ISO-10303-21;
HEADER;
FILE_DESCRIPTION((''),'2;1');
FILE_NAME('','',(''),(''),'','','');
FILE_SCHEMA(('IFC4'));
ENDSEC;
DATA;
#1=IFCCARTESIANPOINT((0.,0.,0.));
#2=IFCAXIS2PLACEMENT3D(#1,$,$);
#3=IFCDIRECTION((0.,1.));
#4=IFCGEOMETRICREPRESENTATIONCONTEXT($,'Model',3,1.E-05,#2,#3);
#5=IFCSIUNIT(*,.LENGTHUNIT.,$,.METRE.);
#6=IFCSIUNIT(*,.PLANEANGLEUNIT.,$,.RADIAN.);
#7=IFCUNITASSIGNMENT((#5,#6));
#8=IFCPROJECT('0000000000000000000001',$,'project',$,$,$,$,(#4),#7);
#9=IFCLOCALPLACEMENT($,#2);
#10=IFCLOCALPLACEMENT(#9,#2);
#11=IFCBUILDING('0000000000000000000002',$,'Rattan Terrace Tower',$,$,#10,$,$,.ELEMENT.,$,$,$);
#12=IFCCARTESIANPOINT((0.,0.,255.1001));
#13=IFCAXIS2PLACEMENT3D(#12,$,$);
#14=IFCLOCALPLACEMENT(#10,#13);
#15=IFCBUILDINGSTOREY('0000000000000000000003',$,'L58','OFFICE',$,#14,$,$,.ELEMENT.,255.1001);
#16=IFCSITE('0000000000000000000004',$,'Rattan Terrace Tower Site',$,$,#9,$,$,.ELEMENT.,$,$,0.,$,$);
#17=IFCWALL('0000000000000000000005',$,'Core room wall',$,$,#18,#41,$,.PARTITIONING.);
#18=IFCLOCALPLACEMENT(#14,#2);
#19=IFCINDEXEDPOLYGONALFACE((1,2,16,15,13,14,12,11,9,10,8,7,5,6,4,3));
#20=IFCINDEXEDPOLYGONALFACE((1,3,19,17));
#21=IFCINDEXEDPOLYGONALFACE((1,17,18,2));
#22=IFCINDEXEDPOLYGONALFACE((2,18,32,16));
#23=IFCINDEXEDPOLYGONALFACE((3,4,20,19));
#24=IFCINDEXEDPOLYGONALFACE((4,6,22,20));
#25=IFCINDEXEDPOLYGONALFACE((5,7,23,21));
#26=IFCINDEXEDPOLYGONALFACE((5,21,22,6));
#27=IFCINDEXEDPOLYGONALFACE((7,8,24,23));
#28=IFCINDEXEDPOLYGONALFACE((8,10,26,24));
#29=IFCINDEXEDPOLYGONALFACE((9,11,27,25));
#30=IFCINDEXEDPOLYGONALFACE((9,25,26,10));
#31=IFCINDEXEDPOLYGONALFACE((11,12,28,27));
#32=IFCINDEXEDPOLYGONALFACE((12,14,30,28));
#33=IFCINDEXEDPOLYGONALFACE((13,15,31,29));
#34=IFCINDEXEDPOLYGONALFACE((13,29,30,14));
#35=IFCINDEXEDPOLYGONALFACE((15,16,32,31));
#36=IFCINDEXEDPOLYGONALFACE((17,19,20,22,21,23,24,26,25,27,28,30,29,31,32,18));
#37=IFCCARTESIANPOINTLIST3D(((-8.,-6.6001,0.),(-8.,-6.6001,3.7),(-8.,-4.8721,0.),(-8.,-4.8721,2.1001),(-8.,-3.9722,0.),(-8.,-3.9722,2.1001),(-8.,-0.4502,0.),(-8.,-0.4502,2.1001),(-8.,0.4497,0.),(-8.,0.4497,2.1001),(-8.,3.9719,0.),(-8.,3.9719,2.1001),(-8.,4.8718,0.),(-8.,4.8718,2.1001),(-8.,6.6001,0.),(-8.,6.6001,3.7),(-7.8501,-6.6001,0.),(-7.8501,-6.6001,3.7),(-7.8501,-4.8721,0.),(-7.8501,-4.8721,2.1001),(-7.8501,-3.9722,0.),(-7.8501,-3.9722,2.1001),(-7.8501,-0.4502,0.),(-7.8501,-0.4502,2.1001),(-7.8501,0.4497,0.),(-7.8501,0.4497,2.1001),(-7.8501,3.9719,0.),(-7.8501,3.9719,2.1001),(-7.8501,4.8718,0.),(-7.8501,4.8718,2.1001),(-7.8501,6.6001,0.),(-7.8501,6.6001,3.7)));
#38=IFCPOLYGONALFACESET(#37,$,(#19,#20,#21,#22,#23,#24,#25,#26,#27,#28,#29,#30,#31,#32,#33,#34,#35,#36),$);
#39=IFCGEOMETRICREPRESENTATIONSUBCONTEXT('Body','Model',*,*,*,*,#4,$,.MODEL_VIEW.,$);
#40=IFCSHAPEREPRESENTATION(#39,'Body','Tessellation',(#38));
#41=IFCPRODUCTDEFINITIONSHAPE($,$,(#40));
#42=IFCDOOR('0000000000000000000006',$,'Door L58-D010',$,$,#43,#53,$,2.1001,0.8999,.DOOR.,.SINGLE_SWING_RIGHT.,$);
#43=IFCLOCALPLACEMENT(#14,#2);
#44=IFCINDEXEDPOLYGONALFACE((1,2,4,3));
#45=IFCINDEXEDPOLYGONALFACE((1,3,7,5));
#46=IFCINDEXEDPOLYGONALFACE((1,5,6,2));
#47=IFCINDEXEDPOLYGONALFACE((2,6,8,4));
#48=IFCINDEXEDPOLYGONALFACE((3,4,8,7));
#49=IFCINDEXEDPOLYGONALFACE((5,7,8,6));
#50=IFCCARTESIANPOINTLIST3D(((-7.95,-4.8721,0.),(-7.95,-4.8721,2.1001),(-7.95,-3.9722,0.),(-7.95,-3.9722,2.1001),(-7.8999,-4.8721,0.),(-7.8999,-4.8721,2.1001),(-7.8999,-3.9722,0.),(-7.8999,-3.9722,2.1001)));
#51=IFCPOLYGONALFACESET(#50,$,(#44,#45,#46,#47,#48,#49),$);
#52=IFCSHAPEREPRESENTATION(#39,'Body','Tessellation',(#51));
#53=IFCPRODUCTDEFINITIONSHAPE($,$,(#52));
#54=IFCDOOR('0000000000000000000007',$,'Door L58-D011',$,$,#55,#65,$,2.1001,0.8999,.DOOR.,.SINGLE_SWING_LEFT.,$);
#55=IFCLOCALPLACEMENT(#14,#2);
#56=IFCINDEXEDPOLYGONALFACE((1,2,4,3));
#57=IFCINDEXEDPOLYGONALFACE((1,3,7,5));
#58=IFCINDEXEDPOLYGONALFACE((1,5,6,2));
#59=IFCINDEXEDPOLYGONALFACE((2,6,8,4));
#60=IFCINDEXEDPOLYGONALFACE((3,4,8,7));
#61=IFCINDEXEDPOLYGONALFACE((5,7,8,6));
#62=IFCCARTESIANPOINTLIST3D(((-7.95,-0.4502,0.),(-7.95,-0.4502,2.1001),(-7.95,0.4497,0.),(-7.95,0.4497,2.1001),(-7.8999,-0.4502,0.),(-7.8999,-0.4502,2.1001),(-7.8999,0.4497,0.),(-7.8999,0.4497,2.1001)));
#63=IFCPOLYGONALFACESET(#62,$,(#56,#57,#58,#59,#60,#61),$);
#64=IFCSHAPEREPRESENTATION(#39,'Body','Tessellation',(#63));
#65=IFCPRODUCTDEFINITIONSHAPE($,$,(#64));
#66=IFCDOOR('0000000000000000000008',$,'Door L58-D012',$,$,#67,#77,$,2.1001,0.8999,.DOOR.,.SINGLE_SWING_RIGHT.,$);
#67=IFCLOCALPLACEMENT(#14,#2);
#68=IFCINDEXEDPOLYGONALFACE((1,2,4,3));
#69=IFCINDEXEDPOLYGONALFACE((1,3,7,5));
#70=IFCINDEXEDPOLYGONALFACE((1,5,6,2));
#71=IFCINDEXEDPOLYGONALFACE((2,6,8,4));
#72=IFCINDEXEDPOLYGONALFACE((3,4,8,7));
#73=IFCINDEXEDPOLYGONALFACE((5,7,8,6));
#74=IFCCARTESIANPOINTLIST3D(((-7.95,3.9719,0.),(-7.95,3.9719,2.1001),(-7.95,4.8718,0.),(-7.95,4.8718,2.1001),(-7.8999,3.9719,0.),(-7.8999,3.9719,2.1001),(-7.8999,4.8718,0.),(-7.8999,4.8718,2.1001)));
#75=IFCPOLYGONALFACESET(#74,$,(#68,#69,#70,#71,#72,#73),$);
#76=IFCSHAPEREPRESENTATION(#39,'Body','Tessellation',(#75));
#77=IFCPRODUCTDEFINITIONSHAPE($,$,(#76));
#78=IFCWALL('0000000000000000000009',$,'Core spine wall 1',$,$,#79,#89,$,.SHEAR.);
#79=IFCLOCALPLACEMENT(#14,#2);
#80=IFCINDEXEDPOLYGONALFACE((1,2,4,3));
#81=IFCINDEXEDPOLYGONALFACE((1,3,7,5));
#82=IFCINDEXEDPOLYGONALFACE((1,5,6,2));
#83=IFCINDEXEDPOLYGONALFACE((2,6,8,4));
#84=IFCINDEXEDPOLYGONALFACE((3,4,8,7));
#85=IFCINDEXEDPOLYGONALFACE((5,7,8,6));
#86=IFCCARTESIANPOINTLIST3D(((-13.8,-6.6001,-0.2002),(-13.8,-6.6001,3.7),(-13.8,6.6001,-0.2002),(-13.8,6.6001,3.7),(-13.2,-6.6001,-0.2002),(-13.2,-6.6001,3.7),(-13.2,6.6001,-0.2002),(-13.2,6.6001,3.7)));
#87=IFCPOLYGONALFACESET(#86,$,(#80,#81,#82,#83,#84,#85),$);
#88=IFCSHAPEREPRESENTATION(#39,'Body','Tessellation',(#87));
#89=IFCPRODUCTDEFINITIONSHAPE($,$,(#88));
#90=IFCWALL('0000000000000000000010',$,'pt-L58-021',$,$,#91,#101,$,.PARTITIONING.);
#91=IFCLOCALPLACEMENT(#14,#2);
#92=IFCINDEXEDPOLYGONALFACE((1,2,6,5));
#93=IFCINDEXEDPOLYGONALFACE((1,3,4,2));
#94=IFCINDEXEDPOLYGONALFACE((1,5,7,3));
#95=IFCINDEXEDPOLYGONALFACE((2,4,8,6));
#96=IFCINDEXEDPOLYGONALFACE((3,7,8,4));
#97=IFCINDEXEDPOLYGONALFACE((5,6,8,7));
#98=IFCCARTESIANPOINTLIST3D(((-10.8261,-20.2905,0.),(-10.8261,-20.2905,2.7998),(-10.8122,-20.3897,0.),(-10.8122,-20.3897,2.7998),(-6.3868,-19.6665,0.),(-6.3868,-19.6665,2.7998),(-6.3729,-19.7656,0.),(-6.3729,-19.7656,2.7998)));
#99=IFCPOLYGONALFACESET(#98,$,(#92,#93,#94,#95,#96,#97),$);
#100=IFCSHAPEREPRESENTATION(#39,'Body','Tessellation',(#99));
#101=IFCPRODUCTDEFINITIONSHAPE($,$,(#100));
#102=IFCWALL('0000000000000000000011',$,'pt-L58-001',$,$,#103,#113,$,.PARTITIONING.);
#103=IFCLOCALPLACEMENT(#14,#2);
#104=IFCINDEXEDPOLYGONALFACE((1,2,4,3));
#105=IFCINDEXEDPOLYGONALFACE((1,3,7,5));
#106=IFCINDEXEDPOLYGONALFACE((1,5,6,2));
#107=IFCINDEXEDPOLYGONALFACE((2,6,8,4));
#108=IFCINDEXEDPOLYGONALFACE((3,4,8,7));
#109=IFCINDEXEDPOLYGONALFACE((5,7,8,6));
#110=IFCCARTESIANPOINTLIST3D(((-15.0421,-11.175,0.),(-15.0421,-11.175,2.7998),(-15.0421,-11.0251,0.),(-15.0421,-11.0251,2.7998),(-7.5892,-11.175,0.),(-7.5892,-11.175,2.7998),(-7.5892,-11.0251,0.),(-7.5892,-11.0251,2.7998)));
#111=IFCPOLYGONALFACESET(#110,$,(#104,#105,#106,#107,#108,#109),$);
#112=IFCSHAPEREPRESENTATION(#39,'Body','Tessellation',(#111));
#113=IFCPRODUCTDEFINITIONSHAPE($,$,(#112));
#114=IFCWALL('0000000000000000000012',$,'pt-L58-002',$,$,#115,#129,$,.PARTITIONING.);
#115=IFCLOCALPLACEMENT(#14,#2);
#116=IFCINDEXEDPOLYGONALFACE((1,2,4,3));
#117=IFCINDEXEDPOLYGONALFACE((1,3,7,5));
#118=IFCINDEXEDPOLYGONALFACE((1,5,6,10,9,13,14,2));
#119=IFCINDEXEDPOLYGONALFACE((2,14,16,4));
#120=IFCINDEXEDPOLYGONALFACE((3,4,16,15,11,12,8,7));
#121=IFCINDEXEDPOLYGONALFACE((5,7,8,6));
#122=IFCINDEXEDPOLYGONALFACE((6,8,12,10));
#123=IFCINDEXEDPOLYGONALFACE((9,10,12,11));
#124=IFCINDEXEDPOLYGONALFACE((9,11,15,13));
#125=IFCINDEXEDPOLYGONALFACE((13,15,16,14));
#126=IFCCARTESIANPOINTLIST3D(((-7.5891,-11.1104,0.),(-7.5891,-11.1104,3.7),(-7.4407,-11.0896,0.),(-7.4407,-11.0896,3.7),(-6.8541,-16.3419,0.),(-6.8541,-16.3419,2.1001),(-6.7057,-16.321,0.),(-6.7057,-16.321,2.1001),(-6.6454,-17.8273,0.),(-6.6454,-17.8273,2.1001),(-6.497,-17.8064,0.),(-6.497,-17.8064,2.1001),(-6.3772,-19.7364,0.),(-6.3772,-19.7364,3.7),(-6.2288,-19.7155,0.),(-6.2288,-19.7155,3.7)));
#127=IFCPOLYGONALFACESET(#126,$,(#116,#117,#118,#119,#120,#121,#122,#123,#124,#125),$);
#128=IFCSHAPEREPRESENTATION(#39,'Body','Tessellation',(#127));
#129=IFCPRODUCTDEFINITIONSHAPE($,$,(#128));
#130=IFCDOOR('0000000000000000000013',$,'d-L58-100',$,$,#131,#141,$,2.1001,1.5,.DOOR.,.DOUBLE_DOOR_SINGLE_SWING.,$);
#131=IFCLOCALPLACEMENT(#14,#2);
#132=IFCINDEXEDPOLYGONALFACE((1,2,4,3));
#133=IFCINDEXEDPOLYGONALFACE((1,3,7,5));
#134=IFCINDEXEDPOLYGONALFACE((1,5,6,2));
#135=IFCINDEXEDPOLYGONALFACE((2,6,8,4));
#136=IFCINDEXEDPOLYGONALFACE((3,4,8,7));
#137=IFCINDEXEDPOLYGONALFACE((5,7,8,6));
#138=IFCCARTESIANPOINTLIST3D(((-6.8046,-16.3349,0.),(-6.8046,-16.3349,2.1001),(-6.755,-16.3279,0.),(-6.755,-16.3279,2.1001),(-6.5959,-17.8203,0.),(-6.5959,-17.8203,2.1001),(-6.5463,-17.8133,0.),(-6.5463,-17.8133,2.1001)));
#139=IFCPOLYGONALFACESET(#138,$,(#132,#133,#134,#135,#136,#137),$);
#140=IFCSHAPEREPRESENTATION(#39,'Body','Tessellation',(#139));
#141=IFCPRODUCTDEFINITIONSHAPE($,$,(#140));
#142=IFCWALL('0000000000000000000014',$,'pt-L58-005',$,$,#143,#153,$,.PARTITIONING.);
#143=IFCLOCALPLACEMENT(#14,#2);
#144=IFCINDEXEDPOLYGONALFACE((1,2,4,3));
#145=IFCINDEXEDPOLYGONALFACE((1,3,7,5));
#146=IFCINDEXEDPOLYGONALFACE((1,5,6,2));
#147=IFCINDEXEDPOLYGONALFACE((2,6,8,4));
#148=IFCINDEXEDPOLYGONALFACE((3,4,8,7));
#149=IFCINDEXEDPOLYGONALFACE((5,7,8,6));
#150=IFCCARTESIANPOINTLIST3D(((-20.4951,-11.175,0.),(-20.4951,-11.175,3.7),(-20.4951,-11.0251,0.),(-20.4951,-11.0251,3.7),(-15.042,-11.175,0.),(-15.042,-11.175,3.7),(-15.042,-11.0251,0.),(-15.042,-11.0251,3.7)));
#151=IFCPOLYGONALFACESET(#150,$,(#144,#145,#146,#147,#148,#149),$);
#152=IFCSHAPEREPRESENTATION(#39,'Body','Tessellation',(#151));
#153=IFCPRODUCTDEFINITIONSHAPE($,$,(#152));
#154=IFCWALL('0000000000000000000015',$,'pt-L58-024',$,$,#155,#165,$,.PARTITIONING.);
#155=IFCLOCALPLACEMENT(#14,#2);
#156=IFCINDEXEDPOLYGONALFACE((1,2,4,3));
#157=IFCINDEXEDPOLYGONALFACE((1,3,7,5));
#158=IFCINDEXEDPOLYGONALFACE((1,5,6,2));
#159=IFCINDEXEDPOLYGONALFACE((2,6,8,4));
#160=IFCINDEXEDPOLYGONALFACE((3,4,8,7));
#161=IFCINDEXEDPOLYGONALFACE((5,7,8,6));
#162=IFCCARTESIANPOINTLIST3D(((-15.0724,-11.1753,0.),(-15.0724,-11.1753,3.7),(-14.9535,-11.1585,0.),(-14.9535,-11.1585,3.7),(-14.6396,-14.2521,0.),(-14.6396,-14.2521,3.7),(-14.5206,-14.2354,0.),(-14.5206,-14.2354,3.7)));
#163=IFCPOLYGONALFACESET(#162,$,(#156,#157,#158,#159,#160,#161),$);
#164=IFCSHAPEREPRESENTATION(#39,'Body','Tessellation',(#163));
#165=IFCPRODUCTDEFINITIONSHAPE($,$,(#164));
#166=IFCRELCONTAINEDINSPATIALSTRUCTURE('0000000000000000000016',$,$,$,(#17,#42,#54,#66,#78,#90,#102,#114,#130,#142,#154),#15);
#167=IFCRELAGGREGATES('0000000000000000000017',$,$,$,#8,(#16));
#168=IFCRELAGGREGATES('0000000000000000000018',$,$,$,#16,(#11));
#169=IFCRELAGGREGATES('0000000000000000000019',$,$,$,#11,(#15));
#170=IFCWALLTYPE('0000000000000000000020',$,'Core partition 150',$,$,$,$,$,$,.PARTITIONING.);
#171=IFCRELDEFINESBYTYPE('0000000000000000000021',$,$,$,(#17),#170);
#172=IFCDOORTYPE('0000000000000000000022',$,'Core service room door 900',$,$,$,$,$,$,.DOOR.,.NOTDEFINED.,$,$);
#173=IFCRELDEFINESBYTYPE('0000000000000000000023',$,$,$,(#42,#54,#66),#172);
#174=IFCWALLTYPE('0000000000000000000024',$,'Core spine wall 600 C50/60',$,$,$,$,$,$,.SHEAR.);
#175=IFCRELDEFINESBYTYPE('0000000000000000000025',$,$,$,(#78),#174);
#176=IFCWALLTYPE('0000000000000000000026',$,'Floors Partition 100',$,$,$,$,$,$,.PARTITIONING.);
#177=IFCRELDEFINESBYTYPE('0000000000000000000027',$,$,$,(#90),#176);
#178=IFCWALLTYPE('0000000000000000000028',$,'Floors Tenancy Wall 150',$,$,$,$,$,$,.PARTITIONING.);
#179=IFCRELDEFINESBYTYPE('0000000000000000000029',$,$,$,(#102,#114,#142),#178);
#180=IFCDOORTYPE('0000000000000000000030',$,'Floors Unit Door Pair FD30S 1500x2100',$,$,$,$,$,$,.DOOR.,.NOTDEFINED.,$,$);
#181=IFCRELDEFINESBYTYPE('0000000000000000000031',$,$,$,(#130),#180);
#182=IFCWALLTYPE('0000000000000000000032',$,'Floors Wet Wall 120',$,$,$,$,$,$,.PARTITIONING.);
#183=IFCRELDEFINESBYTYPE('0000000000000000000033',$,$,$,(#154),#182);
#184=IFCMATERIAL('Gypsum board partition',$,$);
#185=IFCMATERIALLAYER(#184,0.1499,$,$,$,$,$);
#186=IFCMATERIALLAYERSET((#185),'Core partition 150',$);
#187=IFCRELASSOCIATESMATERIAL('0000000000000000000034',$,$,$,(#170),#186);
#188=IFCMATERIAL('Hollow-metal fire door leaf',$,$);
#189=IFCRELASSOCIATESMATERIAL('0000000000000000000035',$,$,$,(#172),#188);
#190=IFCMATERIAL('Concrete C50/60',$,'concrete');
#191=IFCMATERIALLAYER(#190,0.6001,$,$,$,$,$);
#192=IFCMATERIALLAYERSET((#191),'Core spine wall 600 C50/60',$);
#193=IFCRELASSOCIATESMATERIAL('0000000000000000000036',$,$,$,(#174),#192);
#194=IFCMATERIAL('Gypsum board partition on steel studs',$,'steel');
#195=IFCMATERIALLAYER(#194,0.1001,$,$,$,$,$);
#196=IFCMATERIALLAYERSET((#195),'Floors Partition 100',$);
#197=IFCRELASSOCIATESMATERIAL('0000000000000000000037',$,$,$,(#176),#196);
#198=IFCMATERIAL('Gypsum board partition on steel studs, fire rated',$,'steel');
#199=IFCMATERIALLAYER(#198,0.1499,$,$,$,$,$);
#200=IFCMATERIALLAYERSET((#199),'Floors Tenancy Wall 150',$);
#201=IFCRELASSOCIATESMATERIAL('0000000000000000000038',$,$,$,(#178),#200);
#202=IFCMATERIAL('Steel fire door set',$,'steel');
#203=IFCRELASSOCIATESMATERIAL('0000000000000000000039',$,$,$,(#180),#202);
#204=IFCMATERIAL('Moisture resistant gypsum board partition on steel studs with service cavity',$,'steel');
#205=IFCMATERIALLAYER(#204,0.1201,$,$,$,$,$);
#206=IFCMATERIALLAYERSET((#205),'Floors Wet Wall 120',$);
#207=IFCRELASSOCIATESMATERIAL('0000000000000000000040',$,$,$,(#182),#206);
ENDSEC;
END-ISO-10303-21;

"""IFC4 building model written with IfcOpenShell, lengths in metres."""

from ifc_helpers import new_model, si_unit, direction, frame, frame_2d, origin, place, context, subcontext, project, spatial, rectangle, extrude, material, layer, layer_set, type_object, element, fill, save


model = new_model("IFC4")

# Units and contexts
model_context = context("Model", 3, precision=1e-05, world=origin(), true_north=direction((0.0, 1.0)))
body_context = subcontext(model_context, "Body", "Model", "MODEL_VIEW")
ifc_project = project(units=[si_unit("LENGTHUNIT", "METRE"), si_unit("PLANEANGLEUNIT", "RADIAN")], contexts=[model_context])

# Site, building, storey
site_placement = place(None, origin())
site = spatial("IfcSite", under=ifc_project, at=site_placement, Name="Rattan Terrace Tower Site", CompositionType="ELEMENT", RefElevation=0.0)
building_placement = place(site_placement, origin())
building = spatial("IfcBuilding", under=site, at=building_placement, Name="Rattan Terrace Tower", CompositionType="ELEMENT")
storey_placement = place(building_placement, frame((0.0, 0.0, 255.1001)))
storey = spatial("IfcBuildingStorey", under=building, at=storey_placement, Name="L58", Description="OFFICE", CompositionType="ELEMENT", Elevation=255.1001)

# Wall, openings, doors
ifc_material_1 = material(Name="Gypsum board partition")
ifc_layer_1 = layer(ifc_material_1, 0.1499)
ifc_layer_set_1 = layer_set([ifc_layer_1], Name="Core partition 150")
wall_type_1 = type_object("IfcWallType", Name="Core partition 150", PredefinedType="PARTITIONING", material=ifc_layer_set_1)
ifc_material_2 = material(Name="Hollow-metal fire door leaf")
door_type_1 = type_object("IfcDoorType", Name="Core service room door 900", OperationType="NOTDEFINED", PredefinedType="DOOR", material=ifc_material_2)
wall_1_placement = place(storey_placement, frame((-7.925, -6.6001, 0.0), z_axis=(0.0, 0.0, 1.0), x_axis=(0.0, 1.0, 0.0)))
wall_1 = element("IfcWall", 1, at=wall_1_placement, inside=storey, type_object=wall_type_1, Name="Core room wall", PredefinedType="PARTITIONING", context=body_context, shape_type="SweptSolid", body=[
    extrude(rectangle(XDim=13.2002, YDim=0.1499, at=frame_2d((6.6001, 0.0))), origin(), (0.0, 0.0, 1.0), 3.7),
])
opening_1_placement = place(wall_1_placement, frame((1.728, 0.0, 0.0)))
opening_1 = element("IfcOpeningElement", 2, at=opening_1_placement, cuts=wall_1, PredefinedType="OPENING", context=body_context, shape_type="SweptSolid", body=[
    extrude(rectangle(XDim=0.8999, YDim=2.1001, at=frame_2d((0.45, 1.05))), frame((0.0, 0.0854, 0.0), z_axis=(0.0, -1.0, 0.0), x_axis=(1.0, 0.0, 0.0)), (0.0, 0.0, 1.0), 0.1709),
])
opening_2_placement = place(wall_1_placement, frame((6.1499, 0.0, 0.0)))
opening_2 = element("IfcOpeningElement", 3, at=opening_2_placement, cuts=wall_1, PredefinedType="OPENING", context=body_context, shape_type="SweptSolid", body=[
    extrude(rectangle(XDim=0.8999, YDim=2.1001, at=frame_2d((0.45, 1.05))), frame((0.0, 0.0854, 0.0), z_axis=(0.0, -1.0, 0.0), x_axis=(1.0, 0.0, 0.0)), (0.0, 0.0, 1.0), 0.1709),
])
opening_3_placement = place(wall_1_placement, frame((10.572, 0.0, 0.0)))
opening_3 = element("IfcOpeningElement", 4, at=opening_3_placement, cuts=wall_1, PredefinedType="OPENING", context=body_context, shape_type="SweptSolid", body=[
    extrude(rectangle(XDim=0.8999, YDim=2.1001, at=frame_2d((0.45, 1.05))), frame((0.0, 0.0854, 0.0), z_axis=(0.0, -1.0, 0.0), x_axis=(1.0, 0.0, 0.0)), (0.0, 0.0, 1.0), 0.1709),
])
door_1_placement = place(opening_1_placement, origin())
door_1 = element("IfcDoor", 5, at=door_1_placement, inside=storey, type_object=door_type_1, Name="Door L58-D010", OperationType="SINGLE_SWING_RIGHT", OverallHeight=2.1001, OverallWidth=0.8999, PredefinedType="DOOR", context=body_context, shape_type="SweptSolid", body=[
    extrude(rectangle(XDim=0.8999, YDim=2.1001, at=frame_2d((0.45, 1.05))), frame((0.0, 0.0249, 0.0), z_axis=(0.0, -1.0, 0.0), x_axis=(1.0, 0.0, 0.0)), (0.0, 0.0, 1.0), 0.05),
])
fill(opening_1, door_1)
door_2_placement = place(opening_2_placement, origin())
door_2 = element("IfcDoor", 6, at=door_2_placement, inside=storey, type_object=door_type_1, Name="Door L58-D011", OperationType="SINGLE_SWING_LEFT", OverallHeight=2.1001, OverallWidth=0.8999, PredefinedType="DOOR", context=body_context, shape_type="SweptSolid", body=[
    extrude(rectangle(XDim=0.8999, YDim=2.1001, at=frame_2d((0.45, 1.05))), frame((0.0, 0.0249, 0.0), z_axis=(0.0, -1.0, 0.0), x_axis=(1.0, 0.0, 0.0)), (0.0, 0.0, 1.0), 0.05),
])
fill(opening_2, door_2)
door_3_placement = place(opening_3_placement, origin())
door_3 = element("IfcDoor", 7, at=door_3_placement, inside=storey, type_object=door_type_1, Name="Door L58-D012", OperationType="SINGLE_SWING_RIGHT", OverallHeight=2.1001, OverallWidth=0.8999, PredefinedType="DOOR", context=body_context, shape_type="SweptSolid", body=[
    extrude(rectangle(XDim=0.8999, YDim=2.1001, at=frame_2d((0.45, 1.05))), frame((0.0, 0.0249, 0.0), z_axis=(0.0, -1.0, 0.0), x_axis=(1.0, 0.0, 0.0)), (0.0, 0.0, 1.0), 0.05),
])
fill(opening_3, door_3)

# Walls
ifc_material_3 = material(Name="Concrete C50/60", Category="concrete")
ifc_layer_2 = layer(ifc_material_3, 0.6001)
ifc_layer_set_2 = layer_set([ifc_layer_2], Name="Core spine wall 600 C50/60")
wall_type_2 = type_object("IfcWallType", Name="Core spine wall 600 C50/60", PredefinedType="SHEAR", material=ifc_layer_set_2)
wall_2_placement = place(storey_placement, frame((-13.5, -6.6001, -0.2002), z_axis=(0.0, 0.0, 1.0), x_axis=(0.0, 1.0, 0.0)))
element("IfcWall", 8, at=wall_2_placement, inside=storey, type_object=wall_type_2, Name="Core spine wall 1", PredefinedType="SHEAR", context=body_context, shape_type="SweptSolid", body=[
    extrude(rectangle(XDim=13.2002, YDim=0.6001, at=frame_2d((6.6001, 0.0))), origin(), (0.0, 0.0, 1.0), 3.9001),
])
ifc_material_4 = material(Name="Gypsum board partition on steel studs", Category="steel")
ifc_layer_3 = layer(ifc_material_4, 0.1001)
ifc_layer_set_3 = layer_set([ifc_layer_3], Name="Floors Partition 100")
wall_type_3 = type_object("IfcWallType", Name="Floors Partition 100", PredefinedType="PARTITIONING", material=ifc_layer_set_3)
wall_3_placement = place(storey_placement, frame((-6.3799, -19.7161, 0.0), z_axis=(0.0, 0.0, 1.0), x_axis=(-0.990264, -0.139202, 0.0)))
element("IfcWall", 9, at=wall_3_placement, inside=storey, type_object=wall_type_3, Name="pt-L58-021", PredefinedType="PARTITIONING", context=body_context, shape_type="SweptSolid", body=[
    extrude(rectangle(XDim=4.4829, YDim=0.1001, at=frame_2d((2.2415, 0.0))), origin(), (0.0, 0.0, 1.0), 2.7998),
])
ifc_material_5 = material(Name="Gypsum board partition on steel studs, fire rated", Category="steel")
ifc_layer_4 = layer(ifc_material_5, 0.1499)
ifc_layer_set_4 = layer_set([ifc_layer_4], Name="Floors Tenancy Wall 150")
wall_type_4 = type_object("IfcWallType", Name="Floors Tenancy Wall 150", PredefinedType="PARTITIONING", material=ifc_layer_set_4)
wall_4_placement = place(storey_placement, frame((-7.5891, -11.1001, 0.0), z_axis=(0.0, 0.0, 1.0), x_axis=(-1.0, 0.0, 0.0)))
element("IfcWall", 10, at=wall_4_placement, inside=storey, type_object=wall_type_4, Name="pt-L58-001", PredefinedType="PARTITIONING", context=body_context, shape_type="SweptSolid", body=[
    extrude(rectangle(XDim=7.4529, YDim=0.1499, at=frame_2d((3.7266, 0.0))), origin(), (0.0, 0.0, 1.0), 2.7998),
])

# Wall, opening, door
wall_5_placement = place(storey_placement, frame((-6.303, -19.7261, 0.0), z_axis=(0.0, 0.0, 1.0), x_axis=(-0.139129, 0.990274, 0.0)))
wall_5 = element("IfcWall", 11, at=wall_5_placement, inside=storey, type_object=wall_type_4, Name="pt-L58-002", PredefinedType="PARTITIONING", context=body_context, shape_type="SweptSolid", body=[
    extrude(rectangle(XDim=8.7107, YDim=0.1499, at=frame_2d((4.3555, 0.0))), origin(), (0.0, 0.0, 1.0), 3.7),
])
opening_4_placement = place(wall_5_placement, frame((1.928, 0.0, 0.0)))
opening_4 = element("IfcOpeningElement", 12, at=opening_4_placement, cuts=wall_5, PredefinedType="OPENING", context=body_context, shape_type="SweptSolid", body=[
    extrude(rectangle(XDim=1.5, YDim=2.1001, at=frame_2d((0.75, 1.05))), frame((0.0, 0.0854, 0.0), z_axis=(0.0, -1.0, 0.0), x_axis=(1.0, 0.0, 0.0)), (0.0, 0.0, 1.0), 0.1709),
])
ifc_material_6 = material(Name="Steel fire door set", Category="steel")
door_type_2 = type_object("IfcDoorType", Name="Floors Unit Door Pair FD30S 1500x2100", OperationType="NOTDEFINED", PredefinedType="DOOR", material=ifc_material_6)
door_4_placement = place(opening_4_placement, origin())
door_4 = element("IfcDoor", 13, at=door_4_placement, inside=storey, type_object=door_type_2, Name="d-L58-100", OperationType="DOUBLE_DOOR_SINGLE_SWING", OverallHeight=2.1001, OverallWidth=1.5, PredefinedType="DOOR", context=body_context, shape_type="SweptSolid", body=[
    extrude(rectangle(XDim=1.5, YDim=2.1001, at=frame_2d((0.75, 1.05))), frame((0.0, 0.0249, 0.0), z_axis=(0.0, -1.0, 0.0), x_axis=(1.0, 0.0, 0.0)), (0.0, 0.0, 1.0), 0.05),
])
fill(opening_4, door_4)

# Walls
wall_6_placement = place(storey_placement, frame((-15.042, -11.1001, 0.0), z_axis=(0.0, 0.0, 1.0), x_axis=(-1.0, 0.0, 0.0)))
element("IfcWall", 14, at=wall_6_placement, inside=storey, type_object=wall_type_4, Name="pt-L58-005", PredefinedType="PARTITIONING", context=body_context, shape_type="SweptSolid", body=[
    extrude(rectangle(XDim=5.4531, YDim=0.1499, at=frame_2d((2.7266, 0.0))), origin(), (0.0, 0.0, 1.0), 3.7),
])
ifc_material_7 = material(Name="Moisture resistant gypsum board partition on steel studs with service cavity", Category="steel")
ifc_layer_5 = layer(ifc_material_7, 0.1201)
ifc_layer_set_5 = layer_set([ifc_layer_5], Name="Floors Wet Wall 120")
wall_type_5 = type_object("IfcWallType", Name="Floors Wet Wall 120", PredefinedType="PARTITIONING", material=ifc_layer_set_5)
wall_7_placement = place(storey_placement, frame((-14.5801, -14.2439, 0.0), z_axis=(0.0, 0.0, 1.0), x_axis=(-0.139309, 0.990249, 0.0)))
element("IfcWall", 15, at=wall_7_placement, inside=storey, type_object=wall_type_5, Name="pt-L58-024", PredefinedType="PARTITIONING", context=body_context, shape_type="SweptSolid", body=[
    extrude(rectangle(XDim=3.1072, YDim=0.1201, at=frame_2d((1.5537, 0.0))), origin(), (0.0, 0.0, 1.0), 3.7),
])

save(model, "model.ifc")
